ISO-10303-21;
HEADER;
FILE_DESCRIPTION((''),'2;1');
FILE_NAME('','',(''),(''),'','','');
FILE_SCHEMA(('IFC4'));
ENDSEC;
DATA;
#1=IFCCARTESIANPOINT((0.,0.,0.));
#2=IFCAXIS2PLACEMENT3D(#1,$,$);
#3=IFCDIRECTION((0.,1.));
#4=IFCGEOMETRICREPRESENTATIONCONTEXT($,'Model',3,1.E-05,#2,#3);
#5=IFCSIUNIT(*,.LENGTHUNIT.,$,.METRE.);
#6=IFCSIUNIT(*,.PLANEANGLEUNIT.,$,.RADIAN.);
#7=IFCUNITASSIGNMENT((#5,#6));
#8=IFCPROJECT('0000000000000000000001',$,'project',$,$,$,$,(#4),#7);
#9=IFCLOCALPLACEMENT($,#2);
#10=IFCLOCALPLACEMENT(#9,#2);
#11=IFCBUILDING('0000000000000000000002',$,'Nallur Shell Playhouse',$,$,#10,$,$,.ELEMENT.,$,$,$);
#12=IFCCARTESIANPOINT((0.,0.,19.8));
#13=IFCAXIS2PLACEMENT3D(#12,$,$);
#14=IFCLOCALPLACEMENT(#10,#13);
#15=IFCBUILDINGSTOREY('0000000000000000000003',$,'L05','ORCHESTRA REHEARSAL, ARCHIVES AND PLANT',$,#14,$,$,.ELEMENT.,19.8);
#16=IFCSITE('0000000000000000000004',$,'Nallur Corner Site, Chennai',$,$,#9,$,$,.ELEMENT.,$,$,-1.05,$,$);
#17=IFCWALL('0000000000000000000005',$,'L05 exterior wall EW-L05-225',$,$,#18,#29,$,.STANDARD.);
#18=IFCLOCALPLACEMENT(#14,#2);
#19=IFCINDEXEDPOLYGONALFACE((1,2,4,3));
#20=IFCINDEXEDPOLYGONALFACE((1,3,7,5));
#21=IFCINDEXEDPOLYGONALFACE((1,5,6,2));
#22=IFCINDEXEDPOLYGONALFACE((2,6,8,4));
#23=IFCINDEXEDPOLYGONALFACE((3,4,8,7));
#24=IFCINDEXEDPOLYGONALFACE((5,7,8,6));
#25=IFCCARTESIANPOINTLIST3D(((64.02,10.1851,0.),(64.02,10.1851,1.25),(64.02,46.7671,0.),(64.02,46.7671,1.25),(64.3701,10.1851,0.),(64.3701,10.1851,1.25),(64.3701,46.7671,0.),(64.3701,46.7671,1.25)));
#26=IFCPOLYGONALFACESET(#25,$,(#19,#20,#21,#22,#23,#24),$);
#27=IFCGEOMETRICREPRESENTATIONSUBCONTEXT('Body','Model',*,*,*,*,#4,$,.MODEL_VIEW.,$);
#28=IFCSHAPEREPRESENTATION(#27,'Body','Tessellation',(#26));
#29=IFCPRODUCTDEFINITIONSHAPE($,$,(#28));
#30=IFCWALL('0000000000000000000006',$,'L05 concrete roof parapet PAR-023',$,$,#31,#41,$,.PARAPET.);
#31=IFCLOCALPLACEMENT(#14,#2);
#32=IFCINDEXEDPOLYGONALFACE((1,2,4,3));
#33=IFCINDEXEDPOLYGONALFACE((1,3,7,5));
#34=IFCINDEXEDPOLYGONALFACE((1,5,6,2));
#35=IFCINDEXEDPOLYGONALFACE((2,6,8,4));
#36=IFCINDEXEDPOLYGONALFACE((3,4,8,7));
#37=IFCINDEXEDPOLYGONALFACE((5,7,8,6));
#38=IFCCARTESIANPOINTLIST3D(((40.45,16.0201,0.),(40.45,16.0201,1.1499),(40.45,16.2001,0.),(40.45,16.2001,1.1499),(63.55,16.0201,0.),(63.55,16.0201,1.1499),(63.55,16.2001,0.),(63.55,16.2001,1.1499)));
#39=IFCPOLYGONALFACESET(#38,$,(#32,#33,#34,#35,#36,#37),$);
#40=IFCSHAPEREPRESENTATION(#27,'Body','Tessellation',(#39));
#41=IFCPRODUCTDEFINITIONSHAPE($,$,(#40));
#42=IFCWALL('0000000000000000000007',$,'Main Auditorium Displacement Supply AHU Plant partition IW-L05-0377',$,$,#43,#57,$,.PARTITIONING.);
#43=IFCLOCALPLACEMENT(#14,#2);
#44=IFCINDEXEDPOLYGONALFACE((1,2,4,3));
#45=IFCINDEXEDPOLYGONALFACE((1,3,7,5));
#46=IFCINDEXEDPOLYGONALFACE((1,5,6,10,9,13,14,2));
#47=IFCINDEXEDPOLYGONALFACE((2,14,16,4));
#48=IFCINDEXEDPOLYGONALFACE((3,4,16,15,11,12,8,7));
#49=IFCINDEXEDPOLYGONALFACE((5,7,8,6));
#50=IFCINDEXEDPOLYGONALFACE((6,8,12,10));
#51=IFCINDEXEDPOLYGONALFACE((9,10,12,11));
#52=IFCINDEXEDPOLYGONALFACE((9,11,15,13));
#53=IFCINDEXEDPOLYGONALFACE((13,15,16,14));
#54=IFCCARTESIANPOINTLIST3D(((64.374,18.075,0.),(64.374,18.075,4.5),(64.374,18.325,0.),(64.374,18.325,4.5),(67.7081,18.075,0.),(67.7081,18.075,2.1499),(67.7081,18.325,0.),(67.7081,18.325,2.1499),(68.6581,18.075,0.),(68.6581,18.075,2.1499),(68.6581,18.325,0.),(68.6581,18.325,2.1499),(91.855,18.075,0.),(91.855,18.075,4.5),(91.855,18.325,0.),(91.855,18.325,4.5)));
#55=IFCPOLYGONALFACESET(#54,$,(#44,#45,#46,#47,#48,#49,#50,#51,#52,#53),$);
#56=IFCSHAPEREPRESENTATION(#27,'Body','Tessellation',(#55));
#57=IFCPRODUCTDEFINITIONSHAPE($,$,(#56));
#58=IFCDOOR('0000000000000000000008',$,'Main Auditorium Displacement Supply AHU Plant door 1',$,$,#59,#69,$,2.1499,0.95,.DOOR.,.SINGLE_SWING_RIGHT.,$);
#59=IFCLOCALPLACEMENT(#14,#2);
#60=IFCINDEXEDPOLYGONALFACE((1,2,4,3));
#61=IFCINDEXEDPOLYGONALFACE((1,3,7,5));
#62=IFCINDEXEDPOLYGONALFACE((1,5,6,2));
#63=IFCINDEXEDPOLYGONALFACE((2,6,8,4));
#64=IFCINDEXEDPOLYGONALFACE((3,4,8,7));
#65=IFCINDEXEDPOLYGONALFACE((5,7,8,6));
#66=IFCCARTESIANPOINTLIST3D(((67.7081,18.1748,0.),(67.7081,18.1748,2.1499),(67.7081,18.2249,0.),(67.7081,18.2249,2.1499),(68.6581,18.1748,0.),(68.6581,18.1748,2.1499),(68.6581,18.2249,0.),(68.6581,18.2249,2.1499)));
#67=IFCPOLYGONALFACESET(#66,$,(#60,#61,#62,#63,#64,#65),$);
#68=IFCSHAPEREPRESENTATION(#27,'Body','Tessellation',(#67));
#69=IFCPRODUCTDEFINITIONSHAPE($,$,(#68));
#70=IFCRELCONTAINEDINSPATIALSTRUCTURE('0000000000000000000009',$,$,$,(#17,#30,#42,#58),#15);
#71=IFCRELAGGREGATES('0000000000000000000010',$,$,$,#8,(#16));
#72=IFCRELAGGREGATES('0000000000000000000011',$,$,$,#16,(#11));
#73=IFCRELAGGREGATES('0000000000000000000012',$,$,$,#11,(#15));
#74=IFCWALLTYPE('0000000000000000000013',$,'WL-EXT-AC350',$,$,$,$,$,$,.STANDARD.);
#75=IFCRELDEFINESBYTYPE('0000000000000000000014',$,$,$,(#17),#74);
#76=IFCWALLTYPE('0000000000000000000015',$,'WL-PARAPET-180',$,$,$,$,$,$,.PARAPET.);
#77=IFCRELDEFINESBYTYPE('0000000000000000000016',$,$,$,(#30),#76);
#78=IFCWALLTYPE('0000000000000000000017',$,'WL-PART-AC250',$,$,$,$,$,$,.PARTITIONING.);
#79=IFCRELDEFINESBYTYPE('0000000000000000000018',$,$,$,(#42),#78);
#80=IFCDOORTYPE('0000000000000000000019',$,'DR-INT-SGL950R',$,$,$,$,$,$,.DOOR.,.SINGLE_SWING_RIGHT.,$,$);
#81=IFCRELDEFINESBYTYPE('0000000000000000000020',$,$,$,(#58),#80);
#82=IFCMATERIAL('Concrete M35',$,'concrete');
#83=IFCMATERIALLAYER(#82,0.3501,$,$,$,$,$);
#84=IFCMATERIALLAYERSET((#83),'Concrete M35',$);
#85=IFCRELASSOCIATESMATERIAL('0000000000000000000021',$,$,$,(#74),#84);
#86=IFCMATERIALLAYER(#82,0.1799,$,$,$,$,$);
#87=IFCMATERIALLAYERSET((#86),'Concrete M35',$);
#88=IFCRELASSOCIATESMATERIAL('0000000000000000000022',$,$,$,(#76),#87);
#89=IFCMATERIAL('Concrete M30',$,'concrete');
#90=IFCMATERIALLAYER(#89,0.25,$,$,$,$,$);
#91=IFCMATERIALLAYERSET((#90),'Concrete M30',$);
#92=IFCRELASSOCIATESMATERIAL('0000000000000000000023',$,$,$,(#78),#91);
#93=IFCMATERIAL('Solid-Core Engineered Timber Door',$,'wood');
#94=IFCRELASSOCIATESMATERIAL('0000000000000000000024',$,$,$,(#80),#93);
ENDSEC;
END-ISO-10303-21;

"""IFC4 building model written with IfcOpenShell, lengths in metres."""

from ifc_helpers import new_model, si_unit, direction, frame, frame_2d, origin, place, context, subcontext, project, spatial, rectangle, extrude, material, layer, layer_set, type_object, element, fill, save


model = new_model("IFC4")

# Units and contexts
model_context = context("Model", 3, precision=1e-05, world=origin(), true_north=direction((0.0, 1.0)))
body_context = subcontext(model_context, "Body", "Model", "MODEL_VIEW")
ifc_project = project(units=[si_unit("LENGTHUNIT", "METRE"), si_unit("PLANEANGLEUNIT", "RADIAN")], contexts=[model_context])

# Site, building, storey
site_placement = place(None, origin())
site = spatial("IfcSite", under=ifc_project, at=site_placement, Name="Nallur Corner Site, Chennai", CompositionType="ELEMENT", RefElevation=-1.05)
building_placement = place(site_placement, origin())
building = spatial("IfcBuilding", under=site, at=building_placement, Name="Nallur Shell Playhouse", CompositionType="ELEMENT")
storey_placement = place(building_placement, frame((0.0, 0.0, 19.8)))
storey = spatial("IfcBuildingStorey", under=building, at=storey_placement, Name="L05", Description="ORCHESTRA REHEARSAL, ARCHIVES AND PLANT", CompositionType="ELEMENT", Elevation=19.8)

# Shared definitions
ifc_material_1 = material(Name="Concrete M35", Category="concrete")

# Walls
ifc_layer_1 = layer(ifc_material_1, 0.3501)
ifc_layer_set_1 = layer_set([ifc_layer_1], Name="Concrete M35")
wall_type_1 = type_object("IfcWallType", Name="WL-EXT-AC350", PredefinedType="STANDARD", material=ifc_layer_set_1)
wall_1_placement = place(storey_placement, frame((64.1951, 10.1851, 0.0), z_axis=(0.0, 0.0, 1.0), x_axis=(0.0, 1.0, 0.0)))
element("IfcWall", 1, at=wall_1_placement, inside=storey, type_object=wall_type_1, Name="L05 exterior wall EW-L05-225", PredefinedType="STANDARD", context=body_context, shape_type="SweptSolid", body=[
    extrude(rectangle(XDim=36.582, YDim=0.3501, at=frame_2d((18.291, 0.0))), origin(), (0.0, 0.0, 1.0), 1.25),
])
ifc_layer_2 = layer(ifc_material_1, 0.1799)
ifc_layer_set_2 = layer_set([ifc_layer_2], Name="Concrete M35")
wall_type_2 = type_object("IfcWallType", Name="WL-PARAPET-180", PredefinedType="PARAPET", material=ifc_layer_set_2)
wall_2_placement = place(storey_placement, frame((63.55, 16.1101, 0.0), z_axis=(0.0, 0.0, 1.0), x_axis=(-1.0, 0.0, 0.0)))
element("IfcWall", 2, at=wall_2_placement, inside=storey, type_object=wall_type_2, Name="L05 concrete roof parapet PAR-023", PredefinedType="PARAPET", context=body_context, shape_type="SweptSolid", body=[
    extrude(rectangle(XDim=23.1001, YDim=0.1799, at=frame_2d((11.55, 0.0))), origin(), (0.0, 0.0, 1.0), 1.1499),
])

# Wall, opening, door
ifc_material_2 = material(Name="Concrete M30", Category="concrete")
ifc_layer_3 = layer(ifc_material_2, 0.25)
ifc_layer_set_3 = layer_set([ifc_layer_3], Name="Concrete M30")
wall_type_3 = type_object("IfcWallType", Name="WL-PART-AC250", PredefinedType="PARTITIONING", material=ifc_layer_set_3)
wall_3_placement = place(storey_placement, frame((64.374, 18.2, 0.0), z_axis=(0.0, 0.0, 1.0), x_axis=(1.0, 0.0, 0.0)))
wall_3 = element("IfcWall", 3, at=wall_3_placement, inside=storey, type_object=wall_type_3, Name="Main Auditorium Displacement Supply AHU Plant partition IW-L05-0377", PredefinedType="PARTITIONING", context=body_context, shape_type="SweptSolid", body=[
    extrude(rectangle(XDim=27.481, YDim=0.25, at=frame_2d((13.7405, 0.0))), origin(), (0.0, 0.0, 1.0), 4.5),
])
opening_placement = place(wall_3_placement, frame((3.334, 0.0, 0.0)))
opening = element("IfcOpeningElement", 4, at=opening_placement, cuts=wall_3, PredefinedType="OPENING", context=body_context, shape_type="SweptSolid", body=[
    extrude(rectangle(XDim=0.95, YDim=2.1499, at=frame_2d((0.4751, 1.075))), frame((0.0, 0.135, 0.0), z_axis=(0.0, -1.0, 0.0), x_axis=(1.0, 0.0, 0.0)), (0.0, 0.0, 1.0), 0.27),
])
ifc_material_3 = material(Name="Solid-Core Engineered Timber Door", Category="wood")
door_type = type_object("IfcDoorType", Name="DR-INT-SGL950R", OperationType="SINGLE_SWING_RIGHT", PredefinedType="DOOR", material=ifc_material_3)
door_placement = place(opening_placement, origin())
door = element("IfcDoor", 5, at=door_placement, inside=storey, type_object=door_type, Name="Main Auditorium Displacement Supply AHU Plant door 1", OperationType="SINGLE_SWING_RIGHT", OverallHeight=2.1499, OverallWidth=0.95, PredefinedType="DOOR", context=body_context, shape_type="SweptSolid", body=[
    extrude(rectangle(XDim=0.95, YDim=2.1499, at=frame_2d((0.4751, 1.075))), frame((0.0, 0.0249, 0.0), z_axis=(0.0, -1.0, 0.0), x_axis=(1.0, 0.0, 0.0)), (0.0, 0.0, 1.0), 0.05),
])
fill(opening, door)

save(model, "model.ifc")
